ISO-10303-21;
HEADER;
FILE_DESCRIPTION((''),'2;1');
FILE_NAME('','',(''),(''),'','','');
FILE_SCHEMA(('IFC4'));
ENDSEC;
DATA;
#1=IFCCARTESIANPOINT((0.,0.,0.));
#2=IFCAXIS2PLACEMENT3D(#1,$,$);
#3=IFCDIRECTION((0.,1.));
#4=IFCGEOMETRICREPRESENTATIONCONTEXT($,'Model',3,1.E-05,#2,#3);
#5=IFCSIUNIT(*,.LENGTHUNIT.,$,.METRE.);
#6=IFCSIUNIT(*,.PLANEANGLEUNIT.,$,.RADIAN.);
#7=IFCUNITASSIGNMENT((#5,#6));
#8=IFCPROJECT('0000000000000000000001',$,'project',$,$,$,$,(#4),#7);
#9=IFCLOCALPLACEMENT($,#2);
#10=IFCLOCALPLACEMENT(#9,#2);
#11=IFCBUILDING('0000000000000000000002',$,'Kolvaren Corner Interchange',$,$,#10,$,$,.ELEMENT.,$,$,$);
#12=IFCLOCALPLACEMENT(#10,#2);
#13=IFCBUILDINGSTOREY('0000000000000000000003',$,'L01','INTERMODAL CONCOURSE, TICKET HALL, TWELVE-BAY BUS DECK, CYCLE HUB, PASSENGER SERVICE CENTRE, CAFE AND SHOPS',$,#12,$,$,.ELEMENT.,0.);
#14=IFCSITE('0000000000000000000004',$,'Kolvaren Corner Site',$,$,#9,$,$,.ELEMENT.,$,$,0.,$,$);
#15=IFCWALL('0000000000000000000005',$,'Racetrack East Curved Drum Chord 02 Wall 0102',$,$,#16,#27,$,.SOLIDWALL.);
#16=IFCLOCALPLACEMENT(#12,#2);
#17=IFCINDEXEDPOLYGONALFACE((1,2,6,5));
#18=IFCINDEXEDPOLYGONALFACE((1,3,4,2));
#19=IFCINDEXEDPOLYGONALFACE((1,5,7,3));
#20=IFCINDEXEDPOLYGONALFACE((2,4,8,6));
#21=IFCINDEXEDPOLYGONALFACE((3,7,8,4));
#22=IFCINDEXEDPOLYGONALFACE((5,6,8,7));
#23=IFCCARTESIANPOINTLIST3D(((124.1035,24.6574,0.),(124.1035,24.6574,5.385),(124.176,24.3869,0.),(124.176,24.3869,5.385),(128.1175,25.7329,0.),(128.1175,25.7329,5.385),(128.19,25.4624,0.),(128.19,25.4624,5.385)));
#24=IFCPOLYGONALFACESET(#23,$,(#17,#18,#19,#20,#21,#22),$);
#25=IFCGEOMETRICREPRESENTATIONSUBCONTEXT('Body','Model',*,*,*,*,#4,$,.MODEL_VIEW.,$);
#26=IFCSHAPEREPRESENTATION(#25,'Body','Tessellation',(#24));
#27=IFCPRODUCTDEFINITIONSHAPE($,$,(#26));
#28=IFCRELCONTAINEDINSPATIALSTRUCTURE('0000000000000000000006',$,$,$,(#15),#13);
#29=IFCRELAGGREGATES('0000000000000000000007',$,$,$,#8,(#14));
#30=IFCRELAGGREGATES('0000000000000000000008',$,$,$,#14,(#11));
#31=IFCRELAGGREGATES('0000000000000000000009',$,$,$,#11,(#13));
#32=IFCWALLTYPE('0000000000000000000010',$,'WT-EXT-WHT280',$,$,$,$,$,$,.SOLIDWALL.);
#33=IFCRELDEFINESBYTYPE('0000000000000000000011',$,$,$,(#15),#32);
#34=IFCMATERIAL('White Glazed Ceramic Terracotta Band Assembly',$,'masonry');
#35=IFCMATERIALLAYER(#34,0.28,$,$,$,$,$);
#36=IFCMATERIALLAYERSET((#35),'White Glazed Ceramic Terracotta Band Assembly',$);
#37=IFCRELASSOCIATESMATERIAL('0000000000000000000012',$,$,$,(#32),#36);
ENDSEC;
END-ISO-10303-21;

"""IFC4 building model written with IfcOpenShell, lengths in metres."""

from ifc_helpers import new_model, si_unit, direction, frame, frame_2d, origin, place, context, subcontext, project, spatial, rectangle, extrude, material, layer, layer_set, type_object, element, save


model = new_model("IFC4")

# Units and contexts
model_context = context("Model", 3, precision=1e-05, world=origin(), true_north=direction((0.0, 1.0)))
body_context = subcontext(model_context, "Body", "Model", "MODEL_VIEW")
ifc_project = project(units=[si_unit("LENGTHUNIT", "METRE"), si_unit("PLANEANGLEUNIT", "RADIAN")], contexts=[model_context])

# Site, building, storey
site_placement = place(None, origin())
site = spatial("IfcSite", under=ifc_project, at=site_placement, Name="Kolvaren Corner Site", CompositionType="ELEMENT", RefElevation=0.0)
building_placement = place(site_placement, origin())
building = spatial("IfcBuilding", under=site, at=building_placement, Name="Kolvaren Corner Interchange", CompositionType="ELEMENT")
storey_placement = place(building_placement, origin())
storey = spatial("IfcBuildingStorey", under=building, at=storey_placement, Name="L01", Description="INTERMODAL CONCOURSE, TICKET HALL, TWELVE-BAY BUS DECK, CYCLE HUB, PASSENGER SERVICE CENTRE, CAFE AND SHOPS", CompositionType="ELEMENT", Elevation=0.0)

# Wall
ifc_material_1 = material(Name="White Glazed Ceramic Terracotta Band Assembly", Category="masonry")
ifc_layer = layer(ifc_material_1, 0.28)
ifc_layer_set = layer_set([ifc_layer], Name="White Glazed Ceramic Terracotta Band Assembly")
wall_type = type_object("IfcWallType", Name="WT-EXT-WHT280", PredefinedType="SOLIDWALL", material=ifc_layer_set)
wall_placement = place(storey_placement, frame((124.1399, 24.5222, 0.0), z_axis=(0.0, 0.0, 1.0), x_axis=(0.965931, 0.2588, 0.0)))
element("IfcWall", 1, at=wall_placement, inside=storey, type_object=wall_type, Name="Racetrack East Curved Drum Chord 02 Wall 0102", PredefinedType="SOLIDWALL", context=body_context, shape_type="SweptSolid", body=[
    extrude(rectangle(XDim=4.1555, YDim=0.28, at=frame_2d((2.0776, 0.0))), origin(), (0.0, 0.0, 1.0), 5.385),
])

save(model, "model.ifc")
